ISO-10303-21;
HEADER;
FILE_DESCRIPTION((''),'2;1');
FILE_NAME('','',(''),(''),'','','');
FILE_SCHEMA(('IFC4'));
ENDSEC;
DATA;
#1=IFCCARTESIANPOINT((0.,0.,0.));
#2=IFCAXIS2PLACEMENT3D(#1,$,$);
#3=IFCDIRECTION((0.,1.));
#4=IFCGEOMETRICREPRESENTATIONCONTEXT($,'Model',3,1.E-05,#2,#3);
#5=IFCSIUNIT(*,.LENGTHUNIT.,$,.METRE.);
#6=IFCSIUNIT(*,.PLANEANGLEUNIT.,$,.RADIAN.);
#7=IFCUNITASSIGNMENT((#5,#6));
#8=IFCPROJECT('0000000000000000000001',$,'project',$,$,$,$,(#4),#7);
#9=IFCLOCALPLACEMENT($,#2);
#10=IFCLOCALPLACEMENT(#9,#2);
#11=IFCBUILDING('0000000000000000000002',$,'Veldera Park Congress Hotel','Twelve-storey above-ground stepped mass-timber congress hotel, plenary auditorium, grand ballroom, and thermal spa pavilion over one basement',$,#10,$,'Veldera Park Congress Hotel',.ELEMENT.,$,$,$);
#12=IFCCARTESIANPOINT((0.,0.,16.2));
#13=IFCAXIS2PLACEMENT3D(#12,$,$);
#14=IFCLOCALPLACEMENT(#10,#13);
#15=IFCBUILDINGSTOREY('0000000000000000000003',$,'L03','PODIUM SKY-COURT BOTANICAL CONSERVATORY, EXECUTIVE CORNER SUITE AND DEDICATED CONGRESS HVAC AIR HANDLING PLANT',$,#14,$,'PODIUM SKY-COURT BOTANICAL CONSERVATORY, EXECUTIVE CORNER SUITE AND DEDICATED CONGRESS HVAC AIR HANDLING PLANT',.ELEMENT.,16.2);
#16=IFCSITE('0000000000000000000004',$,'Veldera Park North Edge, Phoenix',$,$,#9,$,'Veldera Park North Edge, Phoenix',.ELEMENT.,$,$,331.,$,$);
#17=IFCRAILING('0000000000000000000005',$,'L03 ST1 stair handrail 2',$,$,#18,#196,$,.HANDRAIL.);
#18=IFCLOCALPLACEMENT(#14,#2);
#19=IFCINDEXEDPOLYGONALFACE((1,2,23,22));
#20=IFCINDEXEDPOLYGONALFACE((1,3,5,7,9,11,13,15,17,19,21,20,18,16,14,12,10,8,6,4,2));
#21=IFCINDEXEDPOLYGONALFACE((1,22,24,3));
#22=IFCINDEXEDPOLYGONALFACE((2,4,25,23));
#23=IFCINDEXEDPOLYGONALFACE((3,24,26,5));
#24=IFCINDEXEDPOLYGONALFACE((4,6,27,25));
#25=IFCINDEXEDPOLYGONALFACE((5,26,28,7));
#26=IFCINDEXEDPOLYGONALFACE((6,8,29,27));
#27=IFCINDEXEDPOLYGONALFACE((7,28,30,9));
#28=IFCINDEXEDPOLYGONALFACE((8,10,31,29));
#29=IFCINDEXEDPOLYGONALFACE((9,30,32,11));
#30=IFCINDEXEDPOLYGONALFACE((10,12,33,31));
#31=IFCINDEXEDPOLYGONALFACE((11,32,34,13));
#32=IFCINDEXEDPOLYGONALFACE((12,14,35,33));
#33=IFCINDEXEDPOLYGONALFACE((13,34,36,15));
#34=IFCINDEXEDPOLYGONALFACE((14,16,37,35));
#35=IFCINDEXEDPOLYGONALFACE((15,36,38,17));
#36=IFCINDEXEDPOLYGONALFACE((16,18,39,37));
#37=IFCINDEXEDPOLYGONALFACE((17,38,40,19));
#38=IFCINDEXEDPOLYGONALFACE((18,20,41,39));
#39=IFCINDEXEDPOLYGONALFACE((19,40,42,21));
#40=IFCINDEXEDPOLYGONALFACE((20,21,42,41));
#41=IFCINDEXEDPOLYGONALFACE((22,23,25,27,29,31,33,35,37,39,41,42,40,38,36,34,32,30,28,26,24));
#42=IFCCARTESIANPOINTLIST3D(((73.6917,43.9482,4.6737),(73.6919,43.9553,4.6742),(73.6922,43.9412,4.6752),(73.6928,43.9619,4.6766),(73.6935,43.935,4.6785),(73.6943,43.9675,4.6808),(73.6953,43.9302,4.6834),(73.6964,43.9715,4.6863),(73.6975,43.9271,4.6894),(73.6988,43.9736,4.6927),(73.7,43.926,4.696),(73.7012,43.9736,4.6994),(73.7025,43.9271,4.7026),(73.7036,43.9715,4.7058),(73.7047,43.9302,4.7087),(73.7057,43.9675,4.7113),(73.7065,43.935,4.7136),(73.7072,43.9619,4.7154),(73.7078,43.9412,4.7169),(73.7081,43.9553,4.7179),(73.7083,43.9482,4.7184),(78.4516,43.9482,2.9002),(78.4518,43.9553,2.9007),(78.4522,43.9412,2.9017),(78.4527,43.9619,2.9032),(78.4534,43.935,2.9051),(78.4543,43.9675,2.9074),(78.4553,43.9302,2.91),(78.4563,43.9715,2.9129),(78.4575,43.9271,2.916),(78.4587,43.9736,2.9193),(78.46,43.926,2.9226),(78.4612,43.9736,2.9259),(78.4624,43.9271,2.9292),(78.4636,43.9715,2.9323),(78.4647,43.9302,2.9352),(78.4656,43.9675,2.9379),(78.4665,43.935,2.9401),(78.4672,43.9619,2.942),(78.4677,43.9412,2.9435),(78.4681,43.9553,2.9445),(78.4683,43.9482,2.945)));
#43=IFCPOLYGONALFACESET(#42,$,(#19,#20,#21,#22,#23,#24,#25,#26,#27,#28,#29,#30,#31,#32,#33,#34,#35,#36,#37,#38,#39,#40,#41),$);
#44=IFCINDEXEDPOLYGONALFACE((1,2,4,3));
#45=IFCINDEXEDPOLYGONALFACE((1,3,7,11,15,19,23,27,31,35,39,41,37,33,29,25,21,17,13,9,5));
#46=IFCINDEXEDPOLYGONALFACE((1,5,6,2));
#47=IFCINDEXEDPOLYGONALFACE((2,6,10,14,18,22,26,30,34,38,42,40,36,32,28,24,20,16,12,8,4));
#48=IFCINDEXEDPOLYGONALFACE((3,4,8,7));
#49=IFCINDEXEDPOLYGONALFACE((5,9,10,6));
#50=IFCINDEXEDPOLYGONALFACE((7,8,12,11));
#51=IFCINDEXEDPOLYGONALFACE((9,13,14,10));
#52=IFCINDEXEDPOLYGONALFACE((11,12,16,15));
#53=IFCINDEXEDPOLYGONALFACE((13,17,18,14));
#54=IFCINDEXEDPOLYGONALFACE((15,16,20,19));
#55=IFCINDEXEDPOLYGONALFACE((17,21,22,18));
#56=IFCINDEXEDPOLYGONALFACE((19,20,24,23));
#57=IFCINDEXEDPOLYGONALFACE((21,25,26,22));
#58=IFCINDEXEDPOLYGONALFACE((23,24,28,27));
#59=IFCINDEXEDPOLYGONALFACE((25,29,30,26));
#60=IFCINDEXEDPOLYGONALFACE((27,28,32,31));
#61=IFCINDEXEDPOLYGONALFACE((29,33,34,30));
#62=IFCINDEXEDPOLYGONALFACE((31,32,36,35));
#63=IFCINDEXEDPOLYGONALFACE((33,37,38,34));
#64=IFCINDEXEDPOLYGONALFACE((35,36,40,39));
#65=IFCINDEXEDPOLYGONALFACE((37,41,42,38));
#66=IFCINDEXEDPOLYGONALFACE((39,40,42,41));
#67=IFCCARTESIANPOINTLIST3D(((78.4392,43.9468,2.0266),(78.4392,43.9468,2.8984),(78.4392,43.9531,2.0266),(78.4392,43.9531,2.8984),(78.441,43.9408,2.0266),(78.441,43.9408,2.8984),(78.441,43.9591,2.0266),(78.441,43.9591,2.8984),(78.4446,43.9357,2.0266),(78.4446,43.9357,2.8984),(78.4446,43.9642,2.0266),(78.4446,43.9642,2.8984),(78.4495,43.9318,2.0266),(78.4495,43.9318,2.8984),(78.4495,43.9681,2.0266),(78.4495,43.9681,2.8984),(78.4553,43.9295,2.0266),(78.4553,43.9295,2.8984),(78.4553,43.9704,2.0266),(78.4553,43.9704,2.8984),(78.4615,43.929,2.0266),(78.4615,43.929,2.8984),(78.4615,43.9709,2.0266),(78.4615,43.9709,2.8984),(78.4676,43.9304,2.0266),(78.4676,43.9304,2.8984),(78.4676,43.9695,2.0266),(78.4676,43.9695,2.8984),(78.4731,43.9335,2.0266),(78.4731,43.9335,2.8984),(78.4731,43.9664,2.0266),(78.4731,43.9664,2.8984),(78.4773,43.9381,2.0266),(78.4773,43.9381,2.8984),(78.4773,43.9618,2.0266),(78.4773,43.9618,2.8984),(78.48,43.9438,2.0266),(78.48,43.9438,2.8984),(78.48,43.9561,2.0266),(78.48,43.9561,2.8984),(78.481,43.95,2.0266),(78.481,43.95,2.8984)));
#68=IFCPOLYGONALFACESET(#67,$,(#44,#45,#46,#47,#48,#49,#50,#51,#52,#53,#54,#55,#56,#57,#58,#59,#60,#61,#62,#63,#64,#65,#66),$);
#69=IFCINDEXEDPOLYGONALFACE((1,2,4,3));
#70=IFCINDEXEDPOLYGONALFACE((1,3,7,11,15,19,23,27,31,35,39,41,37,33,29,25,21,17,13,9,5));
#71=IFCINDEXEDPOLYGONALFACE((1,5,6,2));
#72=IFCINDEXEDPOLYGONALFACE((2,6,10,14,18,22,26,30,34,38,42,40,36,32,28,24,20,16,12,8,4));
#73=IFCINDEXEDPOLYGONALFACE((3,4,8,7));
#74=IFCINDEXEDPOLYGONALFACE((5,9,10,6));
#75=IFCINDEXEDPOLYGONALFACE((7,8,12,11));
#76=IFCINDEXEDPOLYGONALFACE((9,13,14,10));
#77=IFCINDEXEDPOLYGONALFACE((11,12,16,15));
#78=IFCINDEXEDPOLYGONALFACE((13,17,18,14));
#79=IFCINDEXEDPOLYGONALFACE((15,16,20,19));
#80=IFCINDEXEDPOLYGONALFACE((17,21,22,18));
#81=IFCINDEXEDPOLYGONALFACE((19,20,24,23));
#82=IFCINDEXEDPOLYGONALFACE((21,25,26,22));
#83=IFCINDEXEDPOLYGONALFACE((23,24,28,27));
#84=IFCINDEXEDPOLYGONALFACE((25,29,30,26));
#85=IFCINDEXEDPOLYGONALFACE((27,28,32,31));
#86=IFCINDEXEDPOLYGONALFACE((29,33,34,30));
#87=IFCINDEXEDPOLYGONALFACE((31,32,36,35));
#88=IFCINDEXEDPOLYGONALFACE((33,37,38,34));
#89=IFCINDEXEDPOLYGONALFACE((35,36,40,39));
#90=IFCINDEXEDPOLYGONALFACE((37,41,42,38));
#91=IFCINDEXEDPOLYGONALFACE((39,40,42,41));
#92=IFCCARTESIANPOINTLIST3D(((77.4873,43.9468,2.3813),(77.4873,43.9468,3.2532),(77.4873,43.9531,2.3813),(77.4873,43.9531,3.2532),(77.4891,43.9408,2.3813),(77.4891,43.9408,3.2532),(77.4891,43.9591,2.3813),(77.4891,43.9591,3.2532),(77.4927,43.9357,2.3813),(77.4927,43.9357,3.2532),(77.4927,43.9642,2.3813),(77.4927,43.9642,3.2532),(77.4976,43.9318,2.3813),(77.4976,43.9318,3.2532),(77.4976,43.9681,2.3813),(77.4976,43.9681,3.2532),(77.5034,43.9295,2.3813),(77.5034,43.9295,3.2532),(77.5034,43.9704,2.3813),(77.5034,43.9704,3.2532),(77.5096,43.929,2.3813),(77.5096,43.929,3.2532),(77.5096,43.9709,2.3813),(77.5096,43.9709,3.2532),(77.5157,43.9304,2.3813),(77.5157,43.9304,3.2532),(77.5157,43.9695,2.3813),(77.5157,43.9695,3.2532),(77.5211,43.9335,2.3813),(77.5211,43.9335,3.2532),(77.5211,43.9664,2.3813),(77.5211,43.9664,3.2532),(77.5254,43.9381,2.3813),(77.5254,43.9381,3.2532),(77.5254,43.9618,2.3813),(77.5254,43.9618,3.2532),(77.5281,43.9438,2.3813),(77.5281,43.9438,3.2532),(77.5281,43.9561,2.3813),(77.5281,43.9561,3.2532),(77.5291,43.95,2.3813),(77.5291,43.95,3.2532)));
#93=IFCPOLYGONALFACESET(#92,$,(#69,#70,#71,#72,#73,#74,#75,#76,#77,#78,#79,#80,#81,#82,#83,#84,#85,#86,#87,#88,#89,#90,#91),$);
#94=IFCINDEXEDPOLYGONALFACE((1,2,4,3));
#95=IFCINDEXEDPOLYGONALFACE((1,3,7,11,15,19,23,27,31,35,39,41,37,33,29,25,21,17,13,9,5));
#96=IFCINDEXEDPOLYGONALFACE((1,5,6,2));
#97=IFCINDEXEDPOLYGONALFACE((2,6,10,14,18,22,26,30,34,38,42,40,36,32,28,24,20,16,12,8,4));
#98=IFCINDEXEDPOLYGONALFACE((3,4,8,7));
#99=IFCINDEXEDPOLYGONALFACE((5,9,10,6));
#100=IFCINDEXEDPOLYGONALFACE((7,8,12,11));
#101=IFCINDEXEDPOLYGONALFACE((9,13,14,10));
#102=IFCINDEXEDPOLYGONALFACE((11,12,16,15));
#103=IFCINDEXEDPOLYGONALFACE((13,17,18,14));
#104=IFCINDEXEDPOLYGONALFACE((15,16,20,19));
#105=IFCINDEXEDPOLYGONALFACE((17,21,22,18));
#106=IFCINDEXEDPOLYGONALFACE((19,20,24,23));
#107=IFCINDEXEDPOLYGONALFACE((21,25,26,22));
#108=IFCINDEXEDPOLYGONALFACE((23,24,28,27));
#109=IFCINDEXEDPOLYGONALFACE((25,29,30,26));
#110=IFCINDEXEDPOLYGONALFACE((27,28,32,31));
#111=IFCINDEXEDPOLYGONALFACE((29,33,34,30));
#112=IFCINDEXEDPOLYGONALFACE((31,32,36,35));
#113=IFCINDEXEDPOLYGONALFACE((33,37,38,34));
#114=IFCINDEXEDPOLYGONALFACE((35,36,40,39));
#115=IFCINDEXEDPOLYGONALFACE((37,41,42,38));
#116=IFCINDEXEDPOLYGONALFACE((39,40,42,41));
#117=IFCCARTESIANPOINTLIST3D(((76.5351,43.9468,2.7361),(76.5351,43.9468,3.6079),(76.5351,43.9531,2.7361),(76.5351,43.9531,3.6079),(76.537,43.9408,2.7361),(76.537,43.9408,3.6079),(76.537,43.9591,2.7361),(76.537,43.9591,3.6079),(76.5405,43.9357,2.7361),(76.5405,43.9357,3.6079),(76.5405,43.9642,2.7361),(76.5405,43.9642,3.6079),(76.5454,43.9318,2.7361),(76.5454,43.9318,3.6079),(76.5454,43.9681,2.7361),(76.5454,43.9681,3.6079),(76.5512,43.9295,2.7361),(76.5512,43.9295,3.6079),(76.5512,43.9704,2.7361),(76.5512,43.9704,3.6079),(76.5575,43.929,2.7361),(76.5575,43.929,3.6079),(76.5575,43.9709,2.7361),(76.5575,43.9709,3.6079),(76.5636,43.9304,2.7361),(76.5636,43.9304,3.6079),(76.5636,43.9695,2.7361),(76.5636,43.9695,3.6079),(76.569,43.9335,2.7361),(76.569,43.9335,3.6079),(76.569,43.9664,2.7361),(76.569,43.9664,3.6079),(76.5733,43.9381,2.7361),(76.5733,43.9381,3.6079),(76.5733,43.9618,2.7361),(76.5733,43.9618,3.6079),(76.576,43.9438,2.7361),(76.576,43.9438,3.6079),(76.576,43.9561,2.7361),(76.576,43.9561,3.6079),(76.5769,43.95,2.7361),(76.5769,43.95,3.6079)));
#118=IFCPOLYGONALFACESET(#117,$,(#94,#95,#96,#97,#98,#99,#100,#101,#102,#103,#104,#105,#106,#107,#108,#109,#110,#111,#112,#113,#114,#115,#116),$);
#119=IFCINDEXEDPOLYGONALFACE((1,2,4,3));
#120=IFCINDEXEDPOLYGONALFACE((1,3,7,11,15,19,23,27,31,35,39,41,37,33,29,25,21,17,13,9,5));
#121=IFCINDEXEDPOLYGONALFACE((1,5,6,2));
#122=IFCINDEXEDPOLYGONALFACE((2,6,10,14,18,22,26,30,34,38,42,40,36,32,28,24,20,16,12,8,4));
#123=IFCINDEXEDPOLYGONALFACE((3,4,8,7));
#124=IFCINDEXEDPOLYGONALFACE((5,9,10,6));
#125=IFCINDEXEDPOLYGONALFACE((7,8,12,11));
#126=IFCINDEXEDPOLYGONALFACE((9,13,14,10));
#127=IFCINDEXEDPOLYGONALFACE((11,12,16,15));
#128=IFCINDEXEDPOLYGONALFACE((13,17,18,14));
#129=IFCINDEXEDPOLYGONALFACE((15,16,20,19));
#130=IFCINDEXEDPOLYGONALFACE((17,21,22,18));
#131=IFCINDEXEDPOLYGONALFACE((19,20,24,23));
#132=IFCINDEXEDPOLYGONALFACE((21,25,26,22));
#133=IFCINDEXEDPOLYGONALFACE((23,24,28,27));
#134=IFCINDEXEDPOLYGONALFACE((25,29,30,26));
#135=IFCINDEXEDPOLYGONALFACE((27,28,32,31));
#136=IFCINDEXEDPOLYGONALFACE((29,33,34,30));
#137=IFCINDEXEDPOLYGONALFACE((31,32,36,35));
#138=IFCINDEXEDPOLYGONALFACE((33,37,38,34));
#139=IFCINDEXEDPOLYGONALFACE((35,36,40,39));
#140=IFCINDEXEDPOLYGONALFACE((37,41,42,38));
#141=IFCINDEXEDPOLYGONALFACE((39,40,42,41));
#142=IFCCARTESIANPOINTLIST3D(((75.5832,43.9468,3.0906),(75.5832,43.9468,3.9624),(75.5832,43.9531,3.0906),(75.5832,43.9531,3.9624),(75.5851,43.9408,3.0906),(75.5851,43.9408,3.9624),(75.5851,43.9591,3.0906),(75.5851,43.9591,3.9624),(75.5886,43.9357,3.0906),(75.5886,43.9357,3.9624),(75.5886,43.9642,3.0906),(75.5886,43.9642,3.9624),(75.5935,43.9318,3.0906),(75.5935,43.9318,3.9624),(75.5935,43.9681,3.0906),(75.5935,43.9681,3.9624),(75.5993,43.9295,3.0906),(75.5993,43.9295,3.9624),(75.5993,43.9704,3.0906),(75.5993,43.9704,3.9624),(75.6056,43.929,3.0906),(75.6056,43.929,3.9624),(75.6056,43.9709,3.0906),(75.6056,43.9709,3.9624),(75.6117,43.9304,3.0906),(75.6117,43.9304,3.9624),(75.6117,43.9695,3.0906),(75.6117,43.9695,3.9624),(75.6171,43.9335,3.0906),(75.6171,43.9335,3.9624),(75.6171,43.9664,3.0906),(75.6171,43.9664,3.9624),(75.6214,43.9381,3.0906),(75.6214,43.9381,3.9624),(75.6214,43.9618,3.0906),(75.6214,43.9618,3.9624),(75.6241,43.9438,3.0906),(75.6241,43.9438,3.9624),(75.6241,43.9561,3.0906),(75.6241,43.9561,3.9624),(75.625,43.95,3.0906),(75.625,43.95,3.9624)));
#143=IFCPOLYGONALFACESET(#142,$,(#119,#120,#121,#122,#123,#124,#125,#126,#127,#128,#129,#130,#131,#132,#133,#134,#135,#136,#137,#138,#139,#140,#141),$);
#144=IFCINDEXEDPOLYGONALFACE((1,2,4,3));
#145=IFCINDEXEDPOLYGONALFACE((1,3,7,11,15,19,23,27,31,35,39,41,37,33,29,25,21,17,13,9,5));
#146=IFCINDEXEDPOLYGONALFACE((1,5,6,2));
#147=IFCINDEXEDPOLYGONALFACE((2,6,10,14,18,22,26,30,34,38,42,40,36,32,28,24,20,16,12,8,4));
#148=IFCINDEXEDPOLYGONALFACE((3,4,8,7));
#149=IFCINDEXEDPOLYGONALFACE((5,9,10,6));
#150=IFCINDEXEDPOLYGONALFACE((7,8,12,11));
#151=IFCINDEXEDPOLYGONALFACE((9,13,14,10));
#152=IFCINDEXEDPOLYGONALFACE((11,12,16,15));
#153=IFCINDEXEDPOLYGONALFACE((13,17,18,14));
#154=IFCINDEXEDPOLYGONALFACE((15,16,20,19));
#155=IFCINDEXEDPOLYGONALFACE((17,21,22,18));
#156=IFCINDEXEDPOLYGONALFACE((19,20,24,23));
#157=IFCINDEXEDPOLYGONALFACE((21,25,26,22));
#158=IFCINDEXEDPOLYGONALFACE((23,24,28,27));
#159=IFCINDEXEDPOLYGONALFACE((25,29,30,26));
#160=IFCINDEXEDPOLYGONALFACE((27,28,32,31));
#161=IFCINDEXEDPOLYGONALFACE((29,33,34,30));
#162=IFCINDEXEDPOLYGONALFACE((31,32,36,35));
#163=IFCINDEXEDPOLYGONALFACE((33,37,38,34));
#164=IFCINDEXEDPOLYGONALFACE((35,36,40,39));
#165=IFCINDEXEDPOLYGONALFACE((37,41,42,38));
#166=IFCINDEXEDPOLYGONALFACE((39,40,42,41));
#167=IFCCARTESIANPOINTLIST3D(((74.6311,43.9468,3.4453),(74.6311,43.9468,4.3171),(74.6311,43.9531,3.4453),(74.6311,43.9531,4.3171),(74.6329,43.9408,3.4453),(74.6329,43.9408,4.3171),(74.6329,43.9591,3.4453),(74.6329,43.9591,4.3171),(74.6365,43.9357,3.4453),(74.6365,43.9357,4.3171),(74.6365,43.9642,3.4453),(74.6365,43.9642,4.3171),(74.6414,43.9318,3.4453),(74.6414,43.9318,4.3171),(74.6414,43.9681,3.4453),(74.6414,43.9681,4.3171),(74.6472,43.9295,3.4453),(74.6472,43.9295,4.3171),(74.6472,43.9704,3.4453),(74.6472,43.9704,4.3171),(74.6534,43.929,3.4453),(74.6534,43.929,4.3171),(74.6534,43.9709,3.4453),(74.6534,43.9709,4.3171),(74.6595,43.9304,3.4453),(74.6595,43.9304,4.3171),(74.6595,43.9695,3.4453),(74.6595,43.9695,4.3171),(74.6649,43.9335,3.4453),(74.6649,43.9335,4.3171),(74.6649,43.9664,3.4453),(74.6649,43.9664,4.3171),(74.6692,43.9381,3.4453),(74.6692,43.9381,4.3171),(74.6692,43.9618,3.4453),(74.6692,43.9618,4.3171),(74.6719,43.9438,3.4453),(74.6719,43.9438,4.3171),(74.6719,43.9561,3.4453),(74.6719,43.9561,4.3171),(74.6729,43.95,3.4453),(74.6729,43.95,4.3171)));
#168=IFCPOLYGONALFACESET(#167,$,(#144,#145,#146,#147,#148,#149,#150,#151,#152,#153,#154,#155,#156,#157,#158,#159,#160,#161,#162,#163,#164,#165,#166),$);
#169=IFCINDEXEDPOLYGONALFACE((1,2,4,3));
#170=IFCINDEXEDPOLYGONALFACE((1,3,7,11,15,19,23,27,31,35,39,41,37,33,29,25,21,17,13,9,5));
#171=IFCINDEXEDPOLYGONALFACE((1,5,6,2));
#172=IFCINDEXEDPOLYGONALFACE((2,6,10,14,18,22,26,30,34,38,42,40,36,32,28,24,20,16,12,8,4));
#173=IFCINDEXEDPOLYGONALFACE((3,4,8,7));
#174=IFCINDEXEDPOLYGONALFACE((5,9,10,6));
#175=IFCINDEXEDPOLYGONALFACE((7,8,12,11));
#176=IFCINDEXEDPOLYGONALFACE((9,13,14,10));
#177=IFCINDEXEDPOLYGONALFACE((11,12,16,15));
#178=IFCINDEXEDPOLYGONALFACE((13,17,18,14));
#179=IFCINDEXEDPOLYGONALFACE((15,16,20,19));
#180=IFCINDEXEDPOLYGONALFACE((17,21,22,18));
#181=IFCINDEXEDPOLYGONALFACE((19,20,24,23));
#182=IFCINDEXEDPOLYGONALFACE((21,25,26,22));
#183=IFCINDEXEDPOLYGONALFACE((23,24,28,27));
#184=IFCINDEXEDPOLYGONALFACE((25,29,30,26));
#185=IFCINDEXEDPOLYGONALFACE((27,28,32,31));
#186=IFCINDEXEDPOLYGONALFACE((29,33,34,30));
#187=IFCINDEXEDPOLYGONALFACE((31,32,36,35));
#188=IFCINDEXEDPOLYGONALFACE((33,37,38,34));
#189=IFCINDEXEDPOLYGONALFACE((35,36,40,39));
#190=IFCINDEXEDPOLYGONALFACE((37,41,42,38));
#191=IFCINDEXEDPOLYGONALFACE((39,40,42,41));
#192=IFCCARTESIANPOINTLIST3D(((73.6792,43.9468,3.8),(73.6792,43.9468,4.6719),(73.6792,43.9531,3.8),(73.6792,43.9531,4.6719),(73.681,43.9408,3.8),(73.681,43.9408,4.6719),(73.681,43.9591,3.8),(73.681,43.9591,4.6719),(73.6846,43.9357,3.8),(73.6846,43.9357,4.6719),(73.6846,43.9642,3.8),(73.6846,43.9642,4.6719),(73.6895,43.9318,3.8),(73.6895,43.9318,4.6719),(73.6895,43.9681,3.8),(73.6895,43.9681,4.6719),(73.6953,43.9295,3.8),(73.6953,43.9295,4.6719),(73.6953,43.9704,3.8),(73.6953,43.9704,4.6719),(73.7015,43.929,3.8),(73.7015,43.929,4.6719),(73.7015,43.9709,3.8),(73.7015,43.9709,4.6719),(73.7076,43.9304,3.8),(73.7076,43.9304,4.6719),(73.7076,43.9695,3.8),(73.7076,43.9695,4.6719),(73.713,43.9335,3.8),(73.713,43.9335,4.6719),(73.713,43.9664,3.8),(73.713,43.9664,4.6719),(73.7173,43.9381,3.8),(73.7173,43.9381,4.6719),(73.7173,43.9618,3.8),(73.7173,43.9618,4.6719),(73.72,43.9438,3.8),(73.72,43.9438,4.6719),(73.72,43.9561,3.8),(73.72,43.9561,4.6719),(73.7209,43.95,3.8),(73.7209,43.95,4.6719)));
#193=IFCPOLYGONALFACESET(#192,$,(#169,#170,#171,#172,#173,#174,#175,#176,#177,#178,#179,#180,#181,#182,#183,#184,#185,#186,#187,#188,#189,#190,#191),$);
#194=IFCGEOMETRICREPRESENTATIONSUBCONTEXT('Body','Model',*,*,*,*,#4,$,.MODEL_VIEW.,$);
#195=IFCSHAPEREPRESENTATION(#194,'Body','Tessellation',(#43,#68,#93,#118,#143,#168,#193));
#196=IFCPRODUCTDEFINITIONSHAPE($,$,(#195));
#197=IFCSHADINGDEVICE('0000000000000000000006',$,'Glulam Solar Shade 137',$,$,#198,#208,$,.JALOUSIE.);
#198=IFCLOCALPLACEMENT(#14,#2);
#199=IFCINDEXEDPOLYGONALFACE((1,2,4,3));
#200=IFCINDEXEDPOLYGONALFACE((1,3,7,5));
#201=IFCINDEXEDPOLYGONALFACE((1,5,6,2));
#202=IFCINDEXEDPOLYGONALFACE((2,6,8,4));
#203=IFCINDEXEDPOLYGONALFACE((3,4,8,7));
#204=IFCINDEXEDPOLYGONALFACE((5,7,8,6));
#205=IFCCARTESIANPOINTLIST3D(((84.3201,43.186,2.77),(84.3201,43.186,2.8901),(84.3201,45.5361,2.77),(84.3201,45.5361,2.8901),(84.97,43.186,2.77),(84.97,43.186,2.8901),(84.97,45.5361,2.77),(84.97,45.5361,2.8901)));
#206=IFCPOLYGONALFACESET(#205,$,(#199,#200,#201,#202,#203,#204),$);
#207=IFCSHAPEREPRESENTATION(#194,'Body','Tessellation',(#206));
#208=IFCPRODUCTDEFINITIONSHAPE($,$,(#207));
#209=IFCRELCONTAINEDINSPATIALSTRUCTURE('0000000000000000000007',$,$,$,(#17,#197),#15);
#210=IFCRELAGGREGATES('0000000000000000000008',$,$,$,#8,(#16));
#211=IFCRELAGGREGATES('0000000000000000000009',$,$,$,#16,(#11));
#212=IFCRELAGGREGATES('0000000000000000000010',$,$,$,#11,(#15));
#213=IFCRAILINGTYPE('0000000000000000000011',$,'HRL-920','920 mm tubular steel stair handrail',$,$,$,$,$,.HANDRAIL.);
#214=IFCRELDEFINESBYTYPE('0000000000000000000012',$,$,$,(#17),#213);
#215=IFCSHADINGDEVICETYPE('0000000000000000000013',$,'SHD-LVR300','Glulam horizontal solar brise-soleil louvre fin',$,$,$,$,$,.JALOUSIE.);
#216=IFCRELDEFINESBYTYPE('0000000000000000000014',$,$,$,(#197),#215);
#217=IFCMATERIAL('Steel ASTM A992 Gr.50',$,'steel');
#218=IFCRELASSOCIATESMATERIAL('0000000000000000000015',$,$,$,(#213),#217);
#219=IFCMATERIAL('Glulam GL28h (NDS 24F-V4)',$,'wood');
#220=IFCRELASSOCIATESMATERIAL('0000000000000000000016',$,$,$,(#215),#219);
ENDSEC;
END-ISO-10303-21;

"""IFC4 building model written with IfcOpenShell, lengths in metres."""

from ifc_helpers import new_model, si_unit, direction, frame, origin, origin_2d, place, context, subcontext, project, spatial, rectangle, circle, extrude, material, type_object, element, save


model = new_model("IFC4")

# Units and contexts
model_context = context("Model", 3, precision=1e-05, world=origin(), true_north=direction((0.0, 1.0)))
body_context = subcontext(model_context, "Body", "Model", "MODEL_VIEW")
ifc_project = project(units=[si_unit("LENGTHUNIT", "METRE"), si_unit("PLANEANGLEUNIT", "RADIAN")], contexts=[model_context])

# Site, building, storey
site_placement = place(None, origin())
site = spatial("IfcSite", under=ifc_project, at=site_placement, Name="Veldera Park North Edge, Phoenix", LongName="Veldera Park North Edge, Phoenix", CompositionType="ELEMENT", RefElevation=331.0)
building_placement = place(site_placement, origin())
building = spatial("IfcBuilding", under=site, at=building_placement, Name="Veldera Park Congress Hotel", Description="Twelve-storey above-ground stepped mass-timber congress hotel, plenary auditorium, grand ballroom, and thermal spa pavilion over one basement", LongName="Veldera Park Congress Hotel", CompositionType="ELEMENT")
storey_placement = place(building_placement, frame((0.0, 0.0, 16.2)))
storey = spatial("IfcBuildingStorey", under=building, at=storey_placement, Name="L03", Description="PODIUM SKY-COURT BOTANICAL CONSERVATORY, EXECUTIVE CORNER SUITE AND DEDICATED CONGRESS HVAC AIR HANDLING PLANT", LongName="PODIUM SKY-COURT BOTANICAL CONSERVATORY, EXECUTIVE CORNER SUITE AND DEDICATED CONGRESS HVAC AIR HANDLING PLANT", CompositionType="ELEMENT", Elevation=16.2)

# Shared definitions
ifc_material_1 = material(Name="Glulam GL28h (NDS 24F-V4)", Category="wood")

# Railing
ifc_material_2 = material(Name="Steel ASTM A992 Gr.50", Category="steel")
railing_type_1 = type_object("IfcRailingType", Name="HRL-920", Description="920 mm tubular steel stair handrail", PredefinedType="HANDRAIL", material=ifc_material_2)
railing_1_placement = place(storey_placement, frame((78.46, 43.95, 2.0266)))
element("IfcRailing", 1, at=railing_1_placement, inside=storey, type_object=railing_type_1, Name="L03 ST1 stair handrail 2", PredefinedType="HANDRAIL", context=body_context, shape_type="SweptSolid", body=[
    extrude(circle(Radius=0.0239, at=origin_2d()), frame((0.0, 0.0, 0.896), z_axis=(-0.937076, 0.0, 0.349126), x_axis=(0.0, -1.0, 0.0)), (0.0, 0.0, 1.0), 5.0796),
    extrude(circle(Radius=0.021, at=origin_2d()), origin(), (0.0, 0.0, 1.0), 0.8718),
    extrude(circle(Radius=0.021, at=origin_2d()), frame((-0.9519, 0.0, 0.3547)), (0.0, 0.0, 1.0), 0.8718),
    extrude(circle(Radius=0.021, at=origin_2d()), frame((-1.9041, 0.0, 0.7095)), (0.0, 0.0, 1.0), 0.8718),
    extrude(circle(Radius=0.021, at=origin_2d()), frame((-2.856, 0.0, 1.064)), (0.0, 0.0, 1.0), 0.8718),
    extrude(circle(Radius=0.021, at=origin_2d()), frame((-3.8081, 0.0, 1.4187)), (0.0, 0.0, 1.0), 0.8718),
    extrude(circle(Radius=0.021, at=origin_2d()), frame((-4.76, 0.0, 1.7734)), (0.0, 0.0, 1.0), 0.8718),
])

# Shading device
shading_device_type = type_object("IfcShadingDeviceType", Name="SHD-LVR300", Description="Glulam horizontal solar brise-soleil louvre fin", PredefinedType="JALOUSIE", material=ifc_material_1)
shading_device_placement = place(storey_placement, frame((84.645, 44.3611, 2.77), z_axis=(0.0, 0.0, 1.0), x_axis=(0.0, 1.0, 0.0)))
element("IfcShadingDevice", 2, at=shading_device_placement, inside=storey, type_object=shading_device_type, Name="Glulam Solar Shade 137", PredefinedType="JALOUSIE", context=body_context, shape_type="SweptSolid", body=[
    extrude(rectangle(XDim=2.3501, YDim=0.6499, at=origin_2d()), origin(), (0.0, 0.0, 1.0), 0.1201),
])

save(model, "model.ifc")
